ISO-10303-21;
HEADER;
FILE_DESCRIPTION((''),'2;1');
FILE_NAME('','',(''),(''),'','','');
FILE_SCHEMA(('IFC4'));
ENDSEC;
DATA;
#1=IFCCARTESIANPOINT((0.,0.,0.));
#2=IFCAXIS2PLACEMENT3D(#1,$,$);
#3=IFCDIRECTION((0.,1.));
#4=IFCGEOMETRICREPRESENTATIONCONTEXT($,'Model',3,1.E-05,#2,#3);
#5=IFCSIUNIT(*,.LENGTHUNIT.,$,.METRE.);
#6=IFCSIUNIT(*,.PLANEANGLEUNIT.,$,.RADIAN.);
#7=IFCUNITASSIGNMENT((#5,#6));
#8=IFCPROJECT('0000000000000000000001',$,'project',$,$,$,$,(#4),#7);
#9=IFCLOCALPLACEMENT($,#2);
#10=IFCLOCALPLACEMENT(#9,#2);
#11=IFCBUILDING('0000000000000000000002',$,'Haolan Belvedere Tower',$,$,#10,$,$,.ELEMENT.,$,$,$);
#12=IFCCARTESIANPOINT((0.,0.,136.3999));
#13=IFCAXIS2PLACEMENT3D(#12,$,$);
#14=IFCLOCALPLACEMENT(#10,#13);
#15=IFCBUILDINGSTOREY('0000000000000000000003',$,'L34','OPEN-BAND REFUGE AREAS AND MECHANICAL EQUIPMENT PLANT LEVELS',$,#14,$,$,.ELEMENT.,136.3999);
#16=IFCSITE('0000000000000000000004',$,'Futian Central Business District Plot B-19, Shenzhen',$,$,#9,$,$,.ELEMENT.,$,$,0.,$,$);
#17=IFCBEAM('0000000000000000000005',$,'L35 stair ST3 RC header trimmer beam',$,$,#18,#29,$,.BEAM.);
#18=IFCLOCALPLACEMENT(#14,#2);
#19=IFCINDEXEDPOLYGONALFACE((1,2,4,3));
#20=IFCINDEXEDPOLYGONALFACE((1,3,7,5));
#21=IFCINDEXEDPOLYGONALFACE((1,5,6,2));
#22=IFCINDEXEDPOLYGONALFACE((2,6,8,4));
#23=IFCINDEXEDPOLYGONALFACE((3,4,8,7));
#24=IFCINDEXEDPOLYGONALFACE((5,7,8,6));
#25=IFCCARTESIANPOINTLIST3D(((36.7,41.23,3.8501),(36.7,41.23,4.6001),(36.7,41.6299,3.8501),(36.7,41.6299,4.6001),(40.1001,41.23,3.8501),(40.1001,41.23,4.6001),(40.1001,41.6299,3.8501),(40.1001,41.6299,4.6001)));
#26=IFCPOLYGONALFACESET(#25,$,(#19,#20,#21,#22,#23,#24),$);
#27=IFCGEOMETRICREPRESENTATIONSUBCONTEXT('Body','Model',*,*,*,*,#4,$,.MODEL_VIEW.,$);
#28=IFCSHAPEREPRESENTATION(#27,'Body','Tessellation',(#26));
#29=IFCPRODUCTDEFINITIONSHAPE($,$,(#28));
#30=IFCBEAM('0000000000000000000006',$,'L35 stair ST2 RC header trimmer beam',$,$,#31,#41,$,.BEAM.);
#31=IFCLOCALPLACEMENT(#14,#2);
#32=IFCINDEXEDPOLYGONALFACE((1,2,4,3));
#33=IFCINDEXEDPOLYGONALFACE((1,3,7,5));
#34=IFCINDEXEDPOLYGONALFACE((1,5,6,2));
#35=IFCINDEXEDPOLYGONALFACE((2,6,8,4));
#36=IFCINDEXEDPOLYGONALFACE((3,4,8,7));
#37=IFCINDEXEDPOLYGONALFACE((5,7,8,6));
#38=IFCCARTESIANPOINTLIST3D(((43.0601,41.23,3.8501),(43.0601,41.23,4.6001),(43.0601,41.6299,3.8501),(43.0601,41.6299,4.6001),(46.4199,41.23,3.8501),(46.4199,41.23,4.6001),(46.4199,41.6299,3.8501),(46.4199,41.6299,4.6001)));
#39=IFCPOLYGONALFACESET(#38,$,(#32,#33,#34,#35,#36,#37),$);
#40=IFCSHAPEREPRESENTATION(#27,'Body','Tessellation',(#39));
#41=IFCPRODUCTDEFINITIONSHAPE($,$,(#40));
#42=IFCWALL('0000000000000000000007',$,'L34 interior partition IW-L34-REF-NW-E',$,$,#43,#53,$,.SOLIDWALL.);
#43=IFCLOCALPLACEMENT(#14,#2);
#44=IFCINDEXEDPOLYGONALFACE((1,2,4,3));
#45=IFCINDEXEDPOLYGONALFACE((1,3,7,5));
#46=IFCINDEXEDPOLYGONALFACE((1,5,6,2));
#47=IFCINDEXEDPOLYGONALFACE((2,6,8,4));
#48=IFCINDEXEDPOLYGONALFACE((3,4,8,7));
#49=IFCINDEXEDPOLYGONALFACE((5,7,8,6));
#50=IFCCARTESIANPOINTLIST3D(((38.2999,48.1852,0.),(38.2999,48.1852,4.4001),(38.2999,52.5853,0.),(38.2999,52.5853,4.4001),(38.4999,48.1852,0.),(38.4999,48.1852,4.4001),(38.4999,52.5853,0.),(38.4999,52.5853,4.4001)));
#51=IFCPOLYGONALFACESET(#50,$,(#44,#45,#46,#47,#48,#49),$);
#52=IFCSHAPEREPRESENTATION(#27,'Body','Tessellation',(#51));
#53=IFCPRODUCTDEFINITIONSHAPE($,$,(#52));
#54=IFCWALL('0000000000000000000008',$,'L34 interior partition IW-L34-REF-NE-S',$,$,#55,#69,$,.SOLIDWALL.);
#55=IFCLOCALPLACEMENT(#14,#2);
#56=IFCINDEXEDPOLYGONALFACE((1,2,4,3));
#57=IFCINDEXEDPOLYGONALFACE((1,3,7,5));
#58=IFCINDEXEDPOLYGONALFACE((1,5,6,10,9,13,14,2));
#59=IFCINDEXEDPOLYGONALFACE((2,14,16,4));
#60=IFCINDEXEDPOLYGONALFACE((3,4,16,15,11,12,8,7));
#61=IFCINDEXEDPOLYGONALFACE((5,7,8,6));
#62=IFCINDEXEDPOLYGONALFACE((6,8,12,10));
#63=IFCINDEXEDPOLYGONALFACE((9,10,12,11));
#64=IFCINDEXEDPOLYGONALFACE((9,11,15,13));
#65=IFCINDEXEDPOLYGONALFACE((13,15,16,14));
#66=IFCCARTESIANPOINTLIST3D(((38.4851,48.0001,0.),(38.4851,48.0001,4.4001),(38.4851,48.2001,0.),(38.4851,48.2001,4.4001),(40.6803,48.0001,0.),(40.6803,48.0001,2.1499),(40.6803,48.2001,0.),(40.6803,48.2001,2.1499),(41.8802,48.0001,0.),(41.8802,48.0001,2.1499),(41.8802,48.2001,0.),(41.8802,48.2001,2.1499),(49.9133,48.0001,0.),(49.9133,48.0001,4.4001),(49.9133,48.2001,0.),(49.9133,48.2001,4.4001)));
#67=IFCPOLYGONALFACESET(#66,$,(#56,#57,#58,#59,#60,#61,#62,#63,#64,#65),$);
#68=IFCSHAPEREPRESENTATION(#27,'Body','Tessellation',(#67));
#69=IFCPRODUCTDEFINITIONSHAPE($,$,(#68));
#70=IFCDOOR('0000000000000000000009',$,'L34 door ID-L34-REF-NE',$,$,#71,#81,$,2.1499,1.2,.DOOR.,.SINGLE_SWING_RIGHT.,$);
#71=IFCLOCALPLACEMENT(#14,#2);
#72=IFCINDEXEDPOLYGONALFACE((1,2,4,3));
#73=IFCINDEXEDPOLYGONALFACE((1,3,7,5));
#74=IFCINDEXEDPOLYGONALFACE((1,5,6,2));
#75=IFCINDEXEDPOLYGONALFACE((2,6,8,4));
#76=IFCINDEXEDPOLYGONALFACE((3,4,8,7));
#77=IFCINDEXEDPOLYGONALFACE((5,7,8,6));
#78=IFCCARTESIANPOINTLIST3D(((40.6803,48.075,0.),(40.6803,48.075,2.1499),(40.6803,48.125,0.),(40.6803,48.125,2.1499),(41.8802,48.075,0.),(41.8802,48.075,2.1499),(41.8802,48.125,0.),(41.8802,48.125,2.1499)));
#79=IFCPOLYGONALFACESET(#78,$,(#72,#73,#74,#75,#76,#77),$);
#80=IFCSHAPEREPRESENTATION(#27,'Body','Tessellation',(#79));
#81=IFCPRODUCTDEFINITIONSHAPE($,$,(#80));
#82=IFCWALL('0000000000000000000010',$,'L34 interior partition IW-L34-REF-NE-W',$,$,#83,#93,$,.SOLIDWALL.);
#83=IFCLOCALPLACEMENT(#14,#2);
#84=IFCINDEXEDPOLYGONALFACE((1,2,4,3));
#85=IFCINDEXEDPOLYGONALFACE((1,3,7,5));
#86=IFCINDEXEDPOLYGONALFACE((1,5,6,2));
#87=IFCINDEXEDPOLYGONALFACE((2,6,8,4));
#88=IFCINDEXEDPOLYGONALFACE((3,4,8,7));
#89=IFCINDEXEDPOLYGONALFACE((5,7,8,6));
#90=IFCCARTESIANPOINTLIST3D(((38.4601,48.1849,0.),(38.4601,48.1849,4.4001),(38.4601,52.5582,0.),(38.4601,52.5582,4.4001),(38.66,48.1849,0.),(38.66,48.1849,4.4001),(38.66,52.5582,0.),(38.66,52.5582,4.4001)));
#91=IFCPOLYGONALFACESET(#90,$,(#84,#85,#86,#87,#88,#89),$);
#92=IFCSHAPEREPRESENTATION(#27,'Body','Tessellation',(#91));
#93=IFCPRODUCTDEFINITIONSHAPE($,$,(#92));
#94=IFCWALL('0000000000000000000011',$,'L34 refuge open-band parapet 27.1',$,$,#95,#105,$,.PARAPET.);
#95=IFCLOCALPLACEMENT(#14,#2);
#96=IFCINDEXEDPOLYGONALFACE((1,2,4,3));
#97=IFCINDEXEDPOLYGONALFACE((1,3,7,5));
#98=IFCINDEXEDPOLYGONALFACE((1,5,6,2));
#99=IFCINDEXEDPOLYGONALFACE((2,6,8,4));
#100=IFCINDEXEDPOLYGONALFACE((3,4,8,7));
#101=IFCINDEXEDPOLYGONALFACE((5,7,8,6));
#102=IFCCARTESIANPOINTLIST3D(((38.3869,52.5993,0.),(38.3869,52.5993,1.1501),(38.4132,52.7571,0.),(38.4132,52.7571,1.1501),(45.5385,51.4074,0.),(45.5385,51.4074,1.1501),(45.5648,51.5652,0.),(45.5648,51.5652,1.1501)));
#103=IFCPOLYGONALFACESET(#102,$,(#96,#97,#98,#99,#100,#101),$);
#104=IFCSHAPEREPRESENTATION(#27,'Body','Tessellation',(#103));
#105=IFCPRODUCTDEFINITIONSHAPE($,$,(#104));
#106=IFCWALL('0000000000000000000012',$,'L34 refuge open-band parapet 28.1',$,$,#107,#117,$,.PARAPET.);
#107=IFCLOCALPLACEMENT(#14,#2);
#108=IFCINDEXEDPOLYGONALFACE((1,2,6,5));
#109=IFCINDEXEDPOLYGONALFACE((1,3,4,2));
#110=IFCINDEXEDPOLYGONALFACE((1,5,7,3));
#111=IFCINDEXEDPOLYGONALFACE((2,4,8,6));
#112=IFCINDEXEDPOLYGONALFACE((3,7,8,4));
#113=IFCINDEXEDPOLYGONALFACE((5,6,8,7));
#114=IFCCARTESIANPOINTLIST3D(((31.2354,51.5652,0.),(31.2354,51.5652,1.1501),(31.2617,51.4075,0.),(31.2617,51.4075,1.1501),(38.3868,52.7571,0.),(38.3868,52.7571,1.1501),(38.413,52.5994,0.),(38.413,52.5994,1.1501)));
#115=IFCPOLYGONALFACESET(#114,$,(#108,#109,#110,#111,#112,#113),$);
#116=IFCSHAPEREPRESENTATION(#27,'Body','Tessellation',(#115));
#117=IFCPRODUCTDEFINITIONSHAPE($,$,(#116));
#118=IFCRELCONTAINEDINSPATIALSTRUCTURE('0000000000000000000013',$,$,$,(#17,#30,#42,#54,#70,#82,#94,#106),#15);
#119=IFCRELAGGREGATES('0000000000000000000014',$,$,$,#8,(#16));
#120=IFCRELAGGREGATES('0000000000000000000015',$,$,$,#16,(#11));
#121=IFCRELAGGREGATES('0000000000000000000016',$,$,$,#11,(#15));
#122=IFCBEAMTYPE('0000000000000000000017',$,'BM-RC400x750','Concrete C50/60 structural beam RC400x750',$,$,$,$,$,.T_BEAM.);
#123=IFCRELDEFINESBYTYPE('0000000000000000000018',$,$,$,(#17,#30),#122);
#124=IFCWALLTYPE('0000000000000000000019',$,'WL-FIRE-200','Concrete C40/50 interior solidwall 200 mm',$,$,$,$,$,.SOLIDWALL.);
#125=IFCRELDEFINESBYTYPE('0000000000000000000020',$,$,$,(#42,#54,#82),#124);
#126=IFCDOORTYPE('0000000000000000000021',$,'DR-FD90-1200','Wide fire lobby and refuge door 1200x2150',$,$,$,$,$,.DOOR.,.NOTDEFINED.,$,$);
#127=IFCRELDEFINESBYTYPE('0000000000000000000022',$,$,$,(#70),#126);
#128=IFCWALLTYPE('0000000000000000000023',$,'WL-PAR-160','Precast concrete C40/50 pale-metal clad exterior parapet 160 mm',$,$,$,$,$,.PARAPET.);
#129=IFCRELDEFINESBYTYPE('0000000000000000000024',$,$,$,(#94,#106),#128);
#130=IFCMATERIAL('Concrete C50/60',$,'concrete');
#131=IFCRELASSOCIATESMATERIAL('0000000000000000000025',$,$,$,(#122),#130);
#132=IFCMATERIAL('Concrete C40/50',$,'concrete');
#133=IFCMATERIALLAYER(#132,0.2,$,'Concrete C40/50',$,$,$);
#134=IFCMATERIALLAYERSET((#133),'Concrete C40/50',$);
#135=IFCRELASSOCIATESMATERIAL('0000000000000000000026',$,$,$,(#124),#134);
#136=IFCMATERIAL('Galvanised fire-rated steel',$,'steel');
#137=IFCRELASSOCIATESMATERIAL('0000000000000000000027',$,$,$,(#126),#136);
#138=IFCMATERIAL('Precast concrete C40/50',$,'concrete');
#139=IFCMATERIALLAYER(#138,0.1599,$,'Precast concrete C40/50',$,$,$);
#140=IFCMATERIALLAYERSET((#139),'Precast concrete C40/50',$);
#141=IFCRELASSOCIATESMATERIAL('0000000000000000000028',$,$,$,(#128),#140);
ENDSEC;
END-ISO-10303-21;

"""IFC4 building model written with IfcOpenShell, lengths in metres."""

from ifc_helpers import new_model, si_unit, direction, frame, frame_2d, origin, origin_2d, place, context, subcontext, project, spatial, rectangle, extrude, material, layer, layer_set, material_profile, profile_set, type_object, element, fill, save


model = new_model("IFC4")

# Units and contexts
model_context = context("Model", 3, precision=1e-05, world=origin(), true_north=direction((0.0, 1.0)))
body_context = subcontext(model_context, "Body", "Model", "MODEL_VIEW")
ifc_project = project(units=[si_unit("LENGTHUNIT", "METRE"), si_unit("PLANEANGLEUNIT", "RADIAN")], contexts=[model_context])

# Site, building, storey
site_placement = place(None, origin())
site = spatial("IfcSite", under=ifc_project, at=site_placement, Name="Futian Central Business District Plot B-19, Shenzhen", CompositionType="ELEMENT", RefElevation=0.0)
building_placement = place(site_placement, origin())
building = spatial("IfcBuilding", under=site, at=building_placement, Name="Haolan Belvedere Tower", CompositionType="ELEMENT")
storey_placement = place(building_placement, frame((0.0, 0.0, 136.3999)))
storey = spatial("IfcBuildingStorey", under=building, at=storey_placement, Name="L34", Description="OPEN-BAND REFUGE AREAS AND MECHANICAL EQUIPMENT PLANT LEVELS", CompositionType="ELEMENT", Elevation=136.3999)

# Beams
ifc_material_1 = material(Name="Concrete C50/60", Category="concrete")
ifc_material_profile_1 = material_profile(ifc_material_1, rectangle(XDim=0.3999, YDim=0.75, at=origin_2d()), Name="Concrete C50/60")
ifc_profile_set_1 = profile_set([ifc_material_profile_1], Name="Concrete C50/60")
beam_type_1 = type_object("IfcBeamType", Name="BM-RC400x750", Description="Concrete C50/60 structural beam RC400x750", PredefinedType="T_BEAM", material=ifc_profile_set_1)
beam_1_placement = place(storey_placement, frame((36.7, 41.4299, 4.2251), z_axis=(1.0, 0.0, 0.0), x_axis=(0.0, 1.0, 0.0)))
element("IfcBeam", 1, at=beam_1_placement, inside=storey, type_object=beam_type_1, Name="L35 stair ST3 RC header trimmer beam", PredefinedType="BEAM", context=body_context, shape_type="SweptSolid", body=[
    extrude(rectangle(XDim=0.3999, YDim=0.75, at=origin_2d()), origin(), (0.0, 0.0, 1.0), 3.4001),
])
beam_2_placement = place(storey_placement, frame((43.0601, 41.4299, 4.2251), z_axis=(1.0, 0.0, 0.0), x_axis=(0.0, 1.0, 0.0)))
element("IfcBeam", 2, at=beam_2_placement, inside=storey, type_object=beam_type_1, Name="L35 stair ST2 RC header trimmer beam", PredefinedType="BEAM", context=body_context, shape_type="SweptSolid", body=[
    extrude(rectangle(XDim=0.3999, YDim=0.75, at=origin_2d()), origin(), (0.0, 0.0, 1.0), 3.3599),
])

# Shared definitions
ifc_material_2 = material(Name="Concrete C40/50", Category="concrete")
ifc_layer_1 = layer(ifc_material_2, 0.2, Name="Concrete C40/50")
ifc_layer_set_1 = layer_set([ifc_layer_1], Name="Concrete C40/50")
wall_type_1 = type_object("IfcWallType", Name="WL-FIRE-200", Description="Concrete C40/50 interior solidwall 200 mm", PredefinedType="SOLIDWALL", material=ifc_layer_set_1)
ifc_material_3 = material(Name="Galvanised fire-rated steel", Category="steel")

# Wall
wall_1_placement = place(storey_placement, frame((38.3999, 48.1851, 0.0), z_axis=(0.0, 0.0, 1.0), x_axis=(0.0, 1.0, 0.0)))
element("IfcWall", 3, at=wall_1_placement, inside=storey, type_object=wall_type_1, Name="L34 interior partition IW-L34-REF-NW-E", PredefinedType="SOLIDWALL", context=body_context, shape_type="SweptSolid", body=[
    extrude(rectangle(XDim=4.4001, YDim=0.2, at=frame_2d((2.2002, 0.0))), origin(), (0.0, 0.0, 1.0), 4.4001),
])

# Wall, opening, door
wall_2_placement = place(storey_placement, frame((38.4851, 48.1001, 0.0), z_axis=(0.0, 0.0, 1.0), x_axis=(1.0, 0.0, 0.0)))
wall_2 = element("IfcWall", 4, at=wall_2_placement, inside=storey, type_object=wall_type_1, Name="L34 interior partition IW-L34-REF-NE-S", PredefinedType="SOLIDWALL", context=body_context, shape_type="SweptSolid", body=[
    extrude(rectangle(XDim=11.4282, YDim=0.2, at=frame_2d((5.7141, 0.0))), origin(), (0.0, 0.0, 1.0), 4.4001),
])
opening_1_placement = place(wall_2_placement, frame((2.1951, 0.0, 0.0)))
opening_1 = element("IfcOpeningElement", 5, at=opening_1_placement, cuts=wall_2, PredefinedType="OPENING", context=body_context, shape_type="SweptSolid", body=[
    extrude(rectangle(XDim=1.2, YDim=2.1499, at=frame_2d((0.6001, 1.075))), frame((0.0, 0.1099, 0.0), z_axis=(0.0, -1.0, 0.0), x_axis=(1.0, 0.0, 0.0)), (0.0, 0.0, 1.0), 0.22),
])
door_type_1 = type_object("IfcDoorType", Name="DR-FD90-1200", Description="Wide fire lobby and refuge door 1200x2150", OperationType="NOTDEFINED", PredefinedType="DOOR", material=ifc_material_3)
door_1_placement = place(opening_1_placement, origin())
door_1 = element("IfcDoor", 6, at=door_1_placement, inside=storey, type_object=door_type_1, Name="L34 door ID-L34-REF-NE", OperationType="SINGLE_SWING_RIGHT", OverallHeight=2.1499, OverallWidth=1.2, PredefinedType="DOOR", context=body_context, shape_type="SweptSolid", body=[
    extrude(rectangle(XDim=1.2, YDim=2.1499, at=frame_2d((0.6001, 1.075))), frame((0.0, 0.0249, 0.0), z_axis=(0.0, -1.0, 0.0), x_axis=(1.0, 0.0, 0.0)), (0.0, 0.0, 1.0), 0.05),
])
fill(opening_1, door_1)

# Walls
wall_3_placement = place(storey_placement, frame((38.5601, 48.1851, 0.0), z_axis=(0.0, 0.0, 1.0), x_axis=(0.0, 1.0, 0.0)))
element("IfcWall", 7, at=wall_3_placement, inside=storey, type_object=wall_type_1, Name="L34 interior partition IW-L34-REF-NE-W", PredefinedType="SOLIDWALL", context=body_context, shape_type="SweptSolid", body=[
    extrude(rectangle(XDim=4.3733, YDim=0.2, at=frame_2d((2.1865, 0.0))), origin(), (0.0, 0.0, 1.0), 4.4001),
])
ifc_material_4 = material(Name="Precast concrete C40/50", Category="concrete")
ifc_layer_2 = layer(ifc_material_4, 0.1599, Name="Precast concrete C40/50")
ifc_layer_set_2 = layer_set([ifc_layer_2], Name="Precast concrete C40/50")
wall_type_2 = type_object("IfcWallType", Name="WL-PAR-160", Description="Precast concrete C40/50 pale-metal clad exterior parapet 160 mm", PredefinedType="PARAPET", material=ifc_layer_set_2)
wall_4_placement = place(storey_placement, frame((45.5515, 51.4863, 0.0), z_axis=(0.0, 0.0, 1.0), x_axis=(-0.986395, 0.164394, 0.0)))
element("IfcWall", 8, at=wall_4_placement, inside=storey, type_object=wall_type_2, Name="L34 refuge open-band parapet 27.1", PredefinedType="PARAPET", context=body_context, shape_type="SweptSolid", body=[
    extrude(rectangle(XDim=7.2502, YDim=0.1599, at=frame_2d((3.625, 0.0))), origin(), (0.0, 0.0, 1.0), 1.1501),
])
wall_5_placement = place(storey_placement, frame((38.3999, 52.6782, 0.0), z_axis=(0.0, 0.0, 1.0), x_axis=(-0.986394, -0.164399, 0.0)))
element("IfcWall", 9, at=wall_5_placement, inside=storey, type_object=wall_type_2, Name="L34 refuge open-band parapet 28.1", PredefinedType="PARAPET", context=body_context, shape_type="SweptSolid", body=[
    extrude(rectangle(XDim=7.25, YDim=0.1599, at=frame_2d((3.625, 0.0))), origin(), (0.0, 0.0, 1.0), 1.1501),
])

save(model, "model.ifc")
